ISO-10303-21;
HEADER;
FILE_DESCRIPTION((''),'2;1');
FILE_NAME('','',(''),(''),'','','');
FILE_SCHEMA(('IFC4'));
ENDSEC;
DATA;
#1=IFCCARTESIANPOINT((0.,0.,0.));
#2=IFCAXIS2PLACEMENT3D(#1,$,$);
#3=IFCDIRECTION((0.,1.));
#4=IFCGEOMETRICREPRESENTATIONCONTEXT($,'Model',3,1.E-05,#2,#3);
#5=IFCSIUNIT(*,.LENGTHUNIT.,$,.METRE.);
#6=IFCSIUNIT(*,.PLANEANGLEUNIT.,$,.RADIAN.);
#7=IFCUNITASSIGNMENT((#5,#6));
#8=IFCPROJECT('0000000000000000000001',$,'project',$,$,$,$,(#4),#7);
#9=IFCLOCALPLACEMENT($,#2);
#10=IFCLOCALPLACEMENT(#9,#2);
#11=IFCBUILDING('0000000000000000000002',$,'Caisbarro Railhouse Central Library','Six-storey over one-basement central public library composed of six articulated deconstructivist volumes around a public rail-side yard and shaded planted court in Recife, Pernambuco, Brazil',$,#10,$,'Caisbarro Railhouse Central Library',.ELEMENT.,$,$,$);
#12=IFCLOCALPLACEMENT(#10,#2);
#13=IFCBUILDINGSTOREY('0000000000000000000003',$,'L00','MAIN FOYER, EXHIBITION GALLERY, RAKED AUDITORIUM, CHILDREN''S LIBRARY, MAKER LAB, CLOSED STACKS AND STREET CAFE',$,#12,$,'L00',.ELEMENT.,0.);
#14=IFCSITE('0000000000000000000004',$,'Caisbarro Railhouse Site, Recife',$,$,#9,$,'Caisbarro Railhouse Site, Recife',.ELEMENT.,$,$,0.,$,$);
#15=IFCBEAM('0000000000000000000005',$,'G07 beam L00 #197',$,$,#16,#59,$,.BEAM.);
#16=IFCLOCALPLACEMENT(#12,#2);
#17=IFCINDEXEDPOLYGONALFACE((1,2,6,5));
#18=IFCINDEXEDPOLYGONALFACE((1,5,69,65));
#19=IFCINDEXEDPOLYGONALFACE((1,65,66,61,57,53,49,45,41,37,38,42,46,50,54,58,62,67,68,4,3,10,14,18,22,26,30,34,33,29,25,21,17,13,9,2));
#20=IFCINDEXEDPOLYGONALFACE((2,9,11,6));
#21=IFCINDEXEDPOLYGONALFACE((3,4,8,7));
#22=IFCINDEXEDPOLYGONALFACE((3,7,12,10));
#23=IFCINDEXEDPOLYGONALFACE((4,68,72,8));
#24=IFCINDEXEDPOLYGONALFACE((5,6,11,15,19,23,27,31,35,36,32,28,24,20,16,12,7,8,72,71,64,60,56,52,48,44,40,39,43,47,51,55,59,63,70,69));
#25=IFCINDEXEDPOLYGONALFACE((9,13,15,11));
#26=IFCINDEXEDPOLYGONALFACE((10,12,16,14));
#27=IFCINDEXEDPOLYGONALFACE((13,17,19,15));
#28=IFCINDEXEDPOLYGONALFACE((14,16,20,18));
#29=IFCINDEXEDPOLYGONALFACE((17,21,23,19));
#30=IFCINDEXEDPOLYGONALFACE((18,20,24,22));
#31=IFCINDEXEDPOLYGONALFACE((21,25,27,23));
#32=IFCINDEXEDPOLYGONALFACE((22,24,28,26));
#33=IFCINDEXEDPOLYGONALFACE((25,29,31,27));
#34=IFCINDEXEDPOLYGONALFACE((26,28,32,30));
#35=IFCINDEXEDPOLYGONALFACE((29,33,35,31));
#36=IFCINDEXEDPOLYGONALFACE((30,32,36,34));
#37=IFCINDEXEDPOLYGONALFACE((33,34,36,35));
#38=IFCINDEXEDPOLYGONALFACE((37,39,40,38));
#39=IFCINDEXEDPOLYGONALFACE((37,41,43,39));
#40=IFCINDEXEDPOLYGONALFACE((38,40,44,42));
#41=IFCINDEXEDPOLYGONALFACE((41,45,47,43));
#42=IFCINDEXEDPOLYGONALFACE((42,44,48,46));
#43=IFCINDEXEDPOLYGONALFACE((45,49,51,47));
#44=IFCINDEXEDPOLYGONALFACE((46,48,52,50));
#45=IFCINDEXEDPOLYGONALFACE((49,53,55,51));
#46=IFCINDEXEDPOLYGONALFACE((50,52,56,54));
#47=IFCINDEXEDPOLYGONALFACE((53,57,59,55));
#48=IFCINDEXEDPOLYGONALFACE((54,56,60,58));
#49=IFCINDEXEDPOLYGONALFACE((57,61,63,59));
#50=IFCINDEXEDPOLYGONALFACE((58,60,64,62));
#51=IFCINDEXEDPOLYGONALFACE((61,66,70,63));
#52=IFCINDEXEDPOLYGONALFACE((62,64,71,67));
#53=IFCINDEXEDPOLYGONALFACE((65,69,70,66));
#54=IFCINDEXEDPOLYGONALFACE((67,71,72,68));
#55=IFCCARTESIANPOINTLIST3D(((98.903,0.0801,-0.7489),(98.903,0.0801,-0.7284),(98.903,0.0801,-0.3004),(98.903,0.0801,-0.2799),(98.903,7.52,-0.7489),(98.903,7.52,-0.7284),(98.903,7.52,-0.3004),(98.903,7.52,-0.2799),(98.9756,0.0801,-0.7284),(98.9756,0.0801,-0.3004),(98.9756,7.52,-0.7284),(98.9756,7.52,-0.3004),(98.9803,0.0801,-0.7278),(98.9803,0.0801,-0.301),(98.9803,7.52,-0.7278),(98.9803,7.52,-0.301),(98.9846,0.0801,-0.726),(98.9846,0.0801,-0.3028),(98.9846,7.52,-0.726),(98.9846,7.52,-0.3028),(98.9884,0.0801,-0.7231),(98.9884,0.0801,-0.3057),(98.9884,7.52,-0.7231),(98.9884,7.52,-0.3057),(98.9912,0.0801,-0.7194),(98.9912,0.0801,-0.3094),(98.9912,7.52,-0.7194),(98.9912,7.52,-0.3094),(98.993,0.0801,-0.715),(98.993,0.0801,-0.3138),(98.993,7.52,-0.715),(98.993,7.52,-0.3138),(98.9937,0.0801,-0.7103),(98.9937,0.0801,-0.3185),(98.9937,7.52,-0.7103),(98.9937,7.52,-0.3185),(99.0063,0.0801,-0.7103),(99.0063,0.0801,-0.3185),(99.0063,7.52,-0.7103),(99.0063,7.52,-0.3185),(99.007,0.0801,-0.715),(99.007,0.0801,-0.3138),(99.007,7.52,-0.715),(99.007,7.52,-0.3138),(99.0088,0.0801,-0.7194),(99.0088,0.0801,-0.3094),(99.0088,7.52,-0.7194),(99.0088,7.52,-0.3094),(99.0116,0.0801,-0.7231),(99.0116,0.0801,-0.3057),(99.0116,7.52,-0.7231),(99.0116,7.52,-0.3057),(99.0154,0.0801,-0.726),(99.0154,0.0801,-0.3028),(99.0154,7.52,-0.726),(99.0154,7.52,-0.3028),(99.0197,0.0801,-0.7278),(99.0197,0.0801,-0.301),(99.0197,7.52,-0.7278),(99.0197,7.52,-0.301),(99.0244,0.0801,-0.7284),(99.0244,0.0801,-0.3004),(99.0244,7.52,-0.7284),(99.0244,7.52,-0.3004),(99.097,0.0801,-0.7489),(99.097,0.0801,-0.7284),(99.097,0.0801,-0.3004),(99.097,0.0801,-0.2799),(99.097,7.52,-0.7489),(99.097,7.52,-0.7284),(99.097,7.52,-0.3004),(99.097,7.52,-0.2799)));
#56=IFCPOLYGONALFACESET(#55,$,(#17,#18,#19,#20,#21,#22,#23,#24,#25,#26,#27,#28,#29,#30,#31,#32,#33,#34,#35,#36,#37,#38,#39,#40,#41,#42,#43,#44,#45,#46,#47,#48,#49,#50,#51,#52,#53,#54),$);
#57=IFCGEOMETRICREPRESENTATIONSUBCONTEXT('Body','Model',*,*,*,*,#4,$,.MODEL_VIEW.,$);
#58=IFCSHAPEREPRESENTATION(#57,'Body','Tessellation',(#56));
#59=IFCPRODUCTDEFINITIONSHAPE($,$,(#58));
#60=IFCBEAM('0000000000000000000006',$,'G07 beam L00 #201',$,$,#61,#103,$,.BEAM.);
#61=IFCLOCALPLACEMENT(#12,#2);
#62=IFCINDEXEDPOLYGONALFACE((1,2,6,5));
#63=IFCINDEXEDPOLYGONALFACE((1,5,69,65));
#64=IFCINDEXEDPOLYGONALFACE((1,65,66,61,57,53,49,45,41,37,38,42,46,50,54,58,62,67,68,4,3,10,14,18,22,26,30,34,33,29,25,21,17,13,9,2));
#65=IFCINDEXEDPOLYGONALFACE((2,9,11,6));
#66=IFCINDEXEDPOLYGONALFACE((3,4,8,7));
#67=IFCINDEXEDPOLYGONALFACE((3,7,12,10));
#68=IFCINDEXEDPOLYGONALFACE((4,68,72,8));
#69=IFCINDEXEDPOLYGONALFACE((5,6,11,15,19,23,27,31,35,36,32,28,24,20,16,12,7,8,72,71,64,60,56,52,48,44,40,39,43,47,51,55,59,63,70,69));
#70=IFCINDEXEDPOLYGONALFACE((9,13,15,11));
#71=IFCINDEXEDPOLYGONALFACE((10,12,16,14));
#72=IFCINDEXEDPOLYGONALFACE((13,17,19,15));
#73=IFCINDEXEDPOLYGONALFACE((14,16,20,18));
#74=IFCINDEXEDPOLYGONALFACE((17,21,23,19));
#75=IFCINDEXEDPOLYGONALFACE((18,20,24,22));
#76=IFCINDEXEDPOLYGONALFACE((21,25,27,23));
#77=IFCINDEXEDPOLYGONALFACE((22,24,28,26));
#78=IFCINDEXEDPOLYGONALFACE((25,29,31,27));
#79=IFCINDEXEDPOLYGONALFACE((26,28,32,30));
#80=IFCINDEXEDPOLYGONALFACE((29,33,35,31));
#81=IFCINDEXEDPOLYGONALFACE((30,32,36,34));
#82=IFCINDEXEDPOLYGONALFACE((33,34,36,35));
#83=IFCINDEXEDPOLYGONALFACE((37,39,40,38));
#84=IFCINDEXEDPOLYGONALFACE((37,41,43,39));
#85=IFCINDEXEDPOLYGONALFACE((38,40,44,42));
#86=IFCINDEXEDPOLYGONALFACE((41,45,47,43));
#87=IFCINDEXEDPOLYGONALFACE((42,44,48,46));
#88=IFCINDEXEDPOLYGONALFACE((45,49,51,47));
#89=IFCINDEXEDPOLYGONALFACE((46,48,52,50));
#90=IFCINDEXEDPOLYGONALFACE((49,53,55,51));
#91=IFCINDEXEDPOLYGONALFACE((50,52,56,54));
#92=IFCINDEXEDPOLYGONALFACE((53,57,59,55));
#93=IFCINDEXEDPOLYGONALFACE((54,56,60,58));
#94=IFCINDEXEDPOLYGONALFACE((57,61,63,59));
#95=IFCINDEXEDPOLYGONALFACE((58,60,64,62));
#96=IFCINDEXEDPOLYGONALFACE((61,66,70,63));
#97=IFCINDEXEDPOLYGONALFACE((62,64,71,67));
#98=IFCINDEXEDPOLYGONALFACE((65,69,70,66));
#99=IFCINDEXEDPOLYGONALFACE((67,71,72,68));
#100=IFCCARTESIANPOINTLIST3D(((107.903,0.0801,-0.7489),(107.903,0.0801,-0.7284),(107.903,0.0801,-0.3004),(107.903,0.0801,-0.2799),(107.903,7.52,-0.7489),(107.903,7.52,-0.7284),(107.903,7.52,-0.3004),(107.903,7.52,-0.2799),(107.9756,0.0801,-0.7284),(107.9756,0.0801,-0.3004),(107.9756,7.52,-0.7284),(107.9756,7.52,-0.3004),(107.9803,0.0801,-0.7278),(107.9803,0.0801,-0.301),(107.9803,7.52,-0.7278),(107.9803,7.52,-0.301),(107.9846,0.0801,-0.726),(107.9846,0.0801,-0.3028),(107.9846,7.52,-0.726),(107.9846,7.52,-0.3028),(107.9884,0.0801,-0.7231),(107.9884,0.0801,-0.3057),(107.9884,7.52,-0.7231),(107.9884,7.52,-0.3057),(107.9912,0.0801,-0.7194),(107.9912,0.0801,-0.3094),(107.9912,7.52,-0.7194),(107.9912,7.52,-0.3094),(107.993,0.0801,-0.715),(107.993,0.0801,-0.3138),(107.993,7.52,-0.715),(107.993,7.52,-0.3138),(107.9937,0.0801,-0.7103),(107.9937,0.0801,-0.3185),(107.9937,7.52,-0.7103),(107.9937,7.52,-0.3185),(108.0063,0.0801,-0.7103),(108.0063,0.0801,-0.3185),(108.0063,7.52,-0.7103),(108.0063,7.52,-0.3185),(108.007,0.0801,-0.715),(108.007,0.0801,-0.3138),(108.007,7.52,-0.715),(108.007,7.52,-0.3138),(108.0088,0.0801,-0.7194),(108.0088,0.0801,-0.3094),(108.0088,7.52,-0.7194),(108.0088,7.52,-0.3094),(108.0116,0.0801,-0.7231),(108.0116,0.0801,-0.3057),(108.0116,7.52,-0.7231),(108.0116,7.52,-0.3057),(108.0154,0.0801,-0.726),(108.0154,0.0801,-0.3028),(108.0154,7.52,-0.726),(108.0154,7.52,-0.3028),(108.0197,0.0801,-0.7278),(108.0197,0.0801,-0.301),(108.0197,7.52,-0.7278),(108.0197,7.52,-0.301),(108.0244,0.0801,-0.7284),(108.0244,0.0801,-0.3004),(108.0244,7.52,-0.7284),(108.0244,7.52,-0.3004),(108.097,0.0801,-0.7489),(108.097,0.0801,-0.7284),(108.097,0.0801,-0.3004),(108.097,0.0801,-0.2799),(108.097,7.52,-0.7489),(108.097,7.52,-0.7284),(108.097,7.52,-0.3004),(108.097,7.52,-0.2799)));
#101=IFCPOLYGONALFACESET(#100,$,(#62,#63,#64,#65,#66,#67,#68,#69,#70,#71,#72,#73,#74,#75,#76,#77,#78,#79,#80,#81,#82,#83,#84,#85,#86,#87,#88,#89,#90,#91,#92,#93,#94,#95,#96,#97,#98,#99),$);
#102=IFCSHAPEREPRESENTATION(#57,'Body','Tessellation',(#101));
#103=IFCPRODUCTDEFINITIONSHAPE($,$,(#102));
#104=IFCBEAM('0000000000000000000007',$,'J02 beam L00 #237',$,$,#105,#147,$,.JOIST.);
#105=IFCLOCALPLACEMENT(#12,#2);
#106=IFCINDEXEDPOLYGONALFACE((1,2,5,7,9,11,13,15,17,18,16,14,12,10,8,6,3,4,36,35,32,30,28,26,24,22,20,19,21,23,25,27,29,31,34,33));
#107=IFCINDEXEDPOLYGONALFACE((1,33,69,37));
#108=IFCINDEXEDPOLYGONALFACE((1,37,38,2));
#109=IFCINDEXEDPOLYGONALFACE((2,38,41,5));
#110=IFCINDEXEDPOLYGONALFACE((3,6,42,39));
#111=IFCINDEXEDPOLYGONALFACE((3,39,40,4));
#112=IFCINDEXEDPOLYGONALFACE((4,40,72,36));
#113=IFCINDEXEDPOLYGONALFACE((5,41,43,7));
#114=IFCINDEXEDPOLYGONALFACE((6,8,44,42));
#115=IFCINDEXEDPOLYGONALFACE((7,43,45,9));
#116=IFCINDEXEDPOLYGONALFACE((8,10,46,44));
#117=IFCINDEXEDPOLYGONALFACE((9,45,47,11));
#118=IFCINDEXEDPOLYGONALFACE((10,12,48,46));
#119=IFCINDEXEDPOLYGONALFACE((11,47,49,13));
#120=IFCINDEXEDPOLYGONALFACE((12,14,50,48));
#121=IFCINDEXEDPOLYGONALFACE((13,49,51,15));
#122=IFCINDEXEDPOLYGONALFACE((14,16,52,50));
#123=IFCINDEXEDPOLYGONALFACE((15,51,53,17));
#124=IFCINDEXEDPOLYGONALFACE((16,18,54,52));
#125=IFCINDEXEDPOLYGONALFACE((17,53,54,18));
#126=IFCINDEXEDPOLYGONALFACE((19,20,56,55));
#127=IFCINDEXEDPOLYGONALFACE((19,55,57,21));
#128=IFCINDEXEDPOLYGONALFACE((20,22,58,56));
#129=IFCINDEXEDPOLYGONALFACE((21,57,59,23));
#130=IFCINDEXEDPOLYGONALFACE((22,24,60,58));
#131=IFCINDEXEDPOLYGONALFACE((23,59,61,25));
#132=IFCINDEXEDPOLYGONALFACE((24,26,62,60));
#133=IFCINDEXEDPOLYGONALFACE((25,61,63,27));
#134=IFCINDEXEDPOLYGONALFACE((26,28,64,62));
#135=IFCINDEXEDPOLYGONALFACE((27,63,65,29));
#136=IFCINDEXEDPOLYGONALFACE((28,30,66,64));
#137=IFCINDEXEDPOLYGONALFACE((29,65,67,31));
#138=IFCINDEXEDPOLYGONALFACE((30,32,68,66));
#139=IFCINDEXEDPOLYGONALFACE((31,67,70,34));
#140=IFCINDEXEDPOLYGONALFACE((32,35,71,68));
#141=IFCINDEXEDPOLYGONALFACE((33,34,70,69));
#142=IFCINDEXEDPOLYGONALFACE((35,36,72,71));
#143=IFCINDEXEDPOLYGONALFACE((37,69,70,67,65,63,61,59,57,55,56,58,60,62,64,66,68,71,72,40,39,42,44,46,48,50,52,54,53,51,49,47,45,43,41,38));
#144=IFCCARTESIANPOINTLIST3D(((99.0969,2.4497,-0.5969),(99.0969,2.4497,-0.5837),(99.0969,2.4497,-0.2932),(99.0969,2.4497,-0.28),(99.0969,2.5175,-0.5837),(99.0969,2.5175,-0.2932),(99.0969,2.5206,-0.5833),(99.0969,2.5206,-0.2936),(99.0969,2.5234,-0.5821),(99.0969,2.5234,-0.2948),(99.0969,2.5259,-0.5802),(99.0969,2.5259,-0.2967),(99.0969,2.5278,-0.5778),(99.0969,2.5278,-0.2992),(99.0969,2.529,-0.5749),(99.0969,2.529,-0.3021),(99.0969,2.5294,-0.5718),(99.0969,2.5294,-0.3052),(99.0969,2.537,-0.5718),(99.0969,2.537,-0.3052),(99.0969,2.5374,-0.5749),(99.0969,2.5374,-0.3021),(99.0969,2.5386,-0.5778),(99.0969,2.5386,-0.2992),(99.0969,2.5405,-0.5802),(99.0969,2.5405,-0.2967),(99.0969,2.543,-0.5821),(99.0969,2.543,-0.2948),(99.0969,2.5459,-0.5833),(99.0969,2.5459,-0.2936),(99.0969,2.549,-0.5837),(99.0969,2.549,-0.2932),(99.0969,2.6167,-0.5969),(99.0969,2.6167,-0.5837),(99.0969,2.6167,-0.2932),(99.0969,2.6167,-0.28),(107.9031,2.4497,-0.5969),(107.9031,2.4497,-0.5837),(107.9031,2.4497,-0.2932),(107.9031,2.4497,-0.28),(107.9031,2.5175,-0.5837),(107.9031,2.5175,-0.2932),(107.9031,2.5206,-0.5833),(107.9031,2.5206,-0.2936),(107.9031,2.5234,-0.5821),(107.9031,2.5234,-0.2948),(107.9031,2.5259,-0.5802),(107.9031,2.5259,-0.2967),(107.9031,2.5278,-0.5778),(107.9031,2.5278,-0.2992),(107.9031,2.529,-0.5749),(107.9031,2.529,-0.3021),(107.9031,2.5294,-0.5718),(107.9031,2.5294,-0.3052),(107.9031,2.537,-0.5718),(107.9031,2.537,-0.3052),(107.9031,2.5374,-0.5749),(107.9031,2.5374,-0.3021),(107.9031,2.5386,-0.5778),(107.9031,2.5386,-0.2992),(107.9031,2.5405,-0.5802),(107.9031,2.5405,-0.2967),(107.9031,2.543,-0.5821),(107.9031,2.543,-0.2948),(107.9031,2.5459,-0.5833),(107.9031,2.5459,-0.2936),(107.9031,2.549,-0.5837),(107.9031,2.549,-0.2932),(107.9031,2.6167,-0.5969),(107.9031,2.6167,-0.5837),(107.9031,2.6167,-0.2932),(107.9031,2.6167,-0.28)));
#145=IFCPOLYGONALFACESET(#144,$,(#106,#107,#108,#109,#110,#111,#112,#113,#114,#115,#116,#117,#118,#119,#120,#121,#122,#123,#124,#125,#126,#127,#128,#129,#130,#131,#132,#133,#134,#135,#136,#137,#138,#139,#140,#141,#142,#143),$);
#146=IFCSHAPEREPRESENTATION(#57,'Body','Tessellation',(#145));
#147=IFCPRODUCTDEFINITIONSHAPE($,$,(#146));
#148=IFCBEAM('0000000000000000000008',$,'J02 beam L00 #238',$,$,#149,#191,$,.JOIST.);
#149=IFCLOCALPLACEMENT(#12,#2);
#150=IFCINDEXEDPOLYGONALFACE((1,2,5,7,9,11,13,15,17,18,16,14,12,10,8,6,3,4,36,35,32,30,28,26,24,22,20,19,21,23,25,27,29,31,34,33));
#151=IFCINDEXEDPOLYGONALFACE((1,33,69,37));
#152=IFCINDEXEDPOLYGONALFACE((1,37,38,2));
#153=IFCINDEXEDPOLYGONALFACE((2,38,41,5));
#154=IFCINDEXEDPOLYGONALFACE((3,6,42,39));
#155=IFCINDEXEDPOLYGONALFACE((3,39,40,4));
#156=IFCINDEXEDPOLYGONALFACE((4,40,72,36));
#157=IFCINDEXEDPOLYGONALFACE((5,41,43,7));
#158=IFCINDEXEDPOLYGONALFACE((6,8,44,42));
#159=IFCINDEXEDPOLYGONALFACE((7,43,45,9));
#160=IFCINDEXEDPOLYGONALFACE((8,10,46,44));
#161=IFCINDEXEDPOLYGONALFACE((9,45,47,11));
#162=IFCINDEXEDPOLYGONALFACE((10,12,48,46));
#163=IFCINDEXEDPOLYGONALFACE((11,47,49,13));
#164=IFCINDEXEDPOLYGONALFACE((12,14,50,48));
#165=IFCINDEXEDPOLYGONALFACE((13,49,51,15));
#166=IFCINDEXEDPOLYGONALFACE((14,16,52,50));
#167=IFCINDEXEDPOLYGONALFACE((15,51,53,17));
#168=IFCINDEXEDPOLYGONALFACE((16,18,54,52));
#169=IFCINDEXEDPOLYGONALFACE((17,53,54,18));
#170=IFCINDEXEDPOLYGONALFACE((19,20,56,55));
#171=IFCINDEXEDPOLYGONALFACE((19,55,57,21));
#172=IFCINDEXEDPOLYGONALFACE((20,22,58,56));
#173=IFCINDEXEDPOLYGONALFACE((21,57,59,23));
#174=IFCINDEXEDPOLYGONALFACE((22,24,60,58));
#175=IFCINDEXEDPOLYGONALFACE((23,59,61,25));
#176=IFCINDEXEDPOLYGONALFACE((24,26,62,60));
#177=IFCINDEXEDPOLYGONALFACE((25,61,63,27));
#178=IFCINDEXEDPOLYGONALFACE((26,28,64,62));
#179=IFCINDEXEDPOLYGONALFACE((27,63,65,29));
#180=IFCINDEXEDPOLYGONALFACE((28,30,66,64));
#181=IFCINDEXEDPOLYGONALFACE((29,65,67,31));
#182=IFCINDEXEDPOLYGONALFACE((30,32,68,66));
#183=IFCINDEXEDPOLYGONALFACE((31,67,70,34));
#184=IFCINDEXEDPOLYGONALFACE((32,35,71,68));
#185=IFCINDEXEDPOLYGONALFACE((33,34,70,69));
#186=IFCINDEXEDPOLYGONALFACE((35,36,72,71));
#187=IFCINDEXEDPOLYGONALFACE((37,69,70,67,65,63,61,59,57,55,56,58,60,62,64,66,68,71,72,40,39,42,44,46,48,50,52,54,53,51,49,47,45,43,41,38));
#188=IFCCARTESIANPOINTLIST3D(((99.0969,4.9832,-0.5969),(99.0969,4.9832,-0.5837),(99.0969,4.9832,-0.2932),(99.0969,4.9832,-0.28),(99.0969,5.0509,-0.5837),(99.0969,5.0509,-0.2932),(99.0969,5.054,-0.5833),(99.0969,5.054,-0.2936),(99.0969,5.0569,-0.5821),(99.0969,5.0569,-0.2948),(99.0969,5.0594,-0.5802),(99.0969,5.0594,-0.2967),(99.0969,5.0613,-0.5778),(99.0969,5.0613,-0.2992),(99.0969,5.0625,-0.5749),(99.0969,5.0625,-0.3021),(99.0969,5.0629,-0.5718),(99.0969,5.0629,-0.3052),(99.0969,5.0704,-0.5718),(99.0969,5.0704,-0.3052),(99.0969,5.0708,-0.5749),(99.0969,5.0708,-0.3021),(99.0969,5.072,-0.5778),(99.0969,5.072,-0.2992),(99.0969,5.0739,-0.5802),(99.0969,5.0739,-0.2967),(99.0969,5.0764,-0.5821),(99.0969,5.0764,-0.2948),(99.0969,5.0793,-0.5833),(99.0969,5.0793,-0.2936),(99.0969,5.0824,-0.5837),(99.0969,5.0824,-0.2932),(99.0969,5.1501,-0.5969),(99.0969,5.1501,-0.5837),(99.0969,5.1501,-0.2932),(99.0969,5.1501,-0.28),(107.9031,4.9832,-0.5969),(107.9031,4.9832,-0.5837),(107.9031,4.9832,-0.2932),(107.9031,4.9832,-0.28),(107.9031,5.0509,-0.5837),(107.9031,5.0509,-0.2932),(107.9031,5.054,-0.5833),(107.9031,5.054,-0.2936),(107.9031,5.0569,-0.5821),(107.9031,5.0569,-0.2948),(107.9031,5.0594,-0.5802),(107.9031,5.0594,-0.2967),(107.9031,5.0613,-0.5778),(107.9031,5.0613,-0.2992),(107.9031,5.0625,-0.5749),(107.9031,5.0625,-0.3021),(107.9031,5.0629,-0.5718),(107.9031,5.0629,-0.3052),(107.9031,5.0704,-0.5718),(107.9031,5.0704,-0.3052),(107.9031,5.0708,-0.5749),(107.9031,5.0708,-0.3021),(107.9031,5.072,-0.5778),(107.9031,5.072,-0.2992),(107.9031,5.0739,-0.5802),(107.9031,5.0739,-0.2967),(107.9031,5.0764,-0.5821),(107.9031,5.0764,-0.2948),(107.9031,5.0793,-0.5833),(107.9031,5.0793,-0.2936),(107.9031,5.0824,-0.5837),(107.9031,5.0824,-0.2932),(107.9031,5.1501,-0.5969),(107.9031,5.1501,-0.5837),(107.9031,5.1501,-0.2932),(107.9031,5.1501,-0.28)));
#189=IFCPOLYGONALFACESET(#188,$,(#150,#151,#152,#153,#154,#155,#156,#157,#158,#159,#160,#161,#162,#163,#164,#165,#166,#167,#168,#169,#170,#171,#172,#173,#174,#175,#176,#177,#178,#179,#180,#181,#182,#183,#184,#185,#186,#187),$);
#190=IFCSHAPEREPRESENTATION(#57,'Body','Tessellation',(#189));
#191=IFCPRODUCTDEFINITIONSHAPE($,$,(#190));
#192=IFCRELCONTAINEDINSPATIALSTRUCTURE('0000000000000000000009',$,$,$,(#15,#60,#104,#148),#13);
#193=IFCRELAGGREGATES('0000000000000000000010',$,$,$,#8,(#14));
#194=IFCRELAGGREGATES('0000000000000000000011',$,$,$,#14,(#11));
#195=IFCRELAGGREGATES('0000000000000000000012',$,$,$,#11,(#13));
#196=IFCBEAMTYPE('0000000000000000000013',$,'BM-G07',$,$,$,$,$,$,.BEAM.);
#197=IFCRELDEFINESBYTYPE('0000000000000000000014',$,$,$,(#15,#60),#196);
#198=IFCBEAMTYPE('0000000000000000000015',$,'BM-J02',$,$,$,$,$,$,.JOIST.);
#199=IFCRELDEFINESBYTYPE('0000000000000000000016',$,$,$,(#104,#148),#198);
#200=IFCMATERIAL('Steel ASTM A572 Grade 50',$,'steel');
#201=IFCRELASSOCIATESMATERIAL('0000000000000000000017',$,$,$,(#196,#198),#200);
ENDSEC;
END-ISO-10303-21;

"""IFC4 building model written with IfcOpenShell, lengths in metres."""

from ifc_helpers import new_model, si_unit, direction, frame, origin, origin_2d, place, context, subcontext, project, spatial, i_section, extrude, material, material_profile, profile_set, type_object, element, save


model = new_model("IFC4")

# Units and contexts
model_context = context("Model", 3, precision=1e-05, world=origin(), true_north=direction((0.0, 1.0)))
body_context = subcontext(model_context, "Body", "Model", "MODEL_VIEW")
ifc_project = project(units=[si_unit("LENGTHUNIT", "METRE"), si_unit("PLANEANGLEUNIT", "RADIAN")], contexts=[model_context])

# Site, building, storey
site_placement = place(None, origin())
site = spatial("IfcSite", under=ifc_project, at=site_placement, Name="Caisbarro Railhouse Site, Recife", LongName="Caisbarro Railhouse Site, Recife", CompositionType="ELEMENT", RefElevation=0.0)
building_placement = place(site_placement, origin())
building = spatial("IfcBuilding", under=site, at=building_placement, Name="Caisbarro Railhouse Central Library", Description="Six-storey over one-basement central public library composed of six articulated deconstructivist volumes around a public rail-side yard and shaded planted court in Recife, Pernambuco, Brazil", LongName="Caisbarro Railhouse Central Library", CompositionType="ELEMENT")
storey_placement = place(building_placement, origin())
storey = spatial("IfcBuildingStorey", under=building, at=storey_placement, Name="L00", Description="MAIN FOYER, EXHIBITION GALLERY, RAKED AUDITORIUM, CHILDREN'S LIBRARY, MAKER LAB, CLOSED STACKS AND STREET CAFE", LongName="L00", CompositionType="ELEMENT", Elevation=0.0)

# Shared definitions
ifc_material_1 = material(Name="Steel ASTM A572 Grade 50", Category="steel")

# Beams
ifc_material_profile_1 = material_profile(ifc_material_1, i_section(OverallWidth=0.1941, OverallDepth=0.469, WebThickness=0.0127, FlangeThickness=0.0205, FilletRadius=0.0181, at=origin_2d()), Name="W460X106.0")
ifc_profile_set_1 = profile_set([ifc_material_profile_1], Name="Steel ASTM A572 Grade 50")
beam_type_1 = type_object("IfcBeamType", Name="BM-G07", PredefinedType="BEAM", material=ifc_profile_set_1)
for number, where, z_axis, x_axis, name in (
    (1, (99.0, 0.0801, -0.5144), (0.0, 1.0, 0.0), (-1.0, 0.0, 0.0), "G07 beam L00 #197"),
    (2, (108.0, 0.0801, -0.5144), (0.0, 1.0, 0.0), (-1.0, 0.0, 0.0), "G07 beam L00 #201"),
):
    element("IfcBeam", number, at=place(storey_placement, frame(where, z_axis=z_axis, x_axis=x_axis)), inside=storey, type_object=beam_type_1, Name=name, PredefinedType="BEAM", context=body_context, shape_type="SweptSolid", body=[
        extrude(i_section(OverallWidth=0.1941, OverallDepth=0.469, WebThickness=0.0127, FlangeThickness=0.0205, FilletRadius=0.0181, at=origin_2d()), origin(), (0.0, 0.0, 1.0), 7.4399),
    ])
ifc_material_profile_2 = material_profile(ifc_material_1, i_section(OverallWidth=0.167, OverallDepth=0.3169, WebThickness=0.0076, FlangeThickness=0.0132, FilletRadius=0.012, at=origin_2d()), Name="W310X52.0")
ifc_profile_set_2 = profile_set([ifc_material_profile_2], Name="Steel ASTM A572 Grade 50")
beam_type_2 = type_object("IfcBeamType", Name="BM-J02", PredefinedType="JOIST", material=ifc_profile_set_2)
for number, where, z_axis, x_axis, name in (
    (3, (99.0969, 2.5332, -0.4385), (1.0, 0.0, 0.0), (0.0, 1.0, 0.0), "J02 beam L00 #237"),
    (4, (99.0969, 5.0667, -0.4385), (1.0, 0.0, 0.0), (0.0, 1.0, 0.0), "J02 beam L00 #238"),
):
    element("IfcBeam", number, at=place(storey_placement, frame(where, z_axis=z_axis, x_axis=x_axis)), inside=storey, type_object=beam_type_2, Name=name, PredefinedType="JOIST", context=body_context, shape_type="SweptSolid", body=[
        extrude(i_section(OverallWidth=0.167, OverallDepth=0.3169, WebThickness=0.0076, FlangeThickness=0.0132, FilletRadius=0.012, at=origin_2d()), origin(), (0.0, 0.0, 1.0), 8.8062),
    ])

save(model, "model.ifc")
